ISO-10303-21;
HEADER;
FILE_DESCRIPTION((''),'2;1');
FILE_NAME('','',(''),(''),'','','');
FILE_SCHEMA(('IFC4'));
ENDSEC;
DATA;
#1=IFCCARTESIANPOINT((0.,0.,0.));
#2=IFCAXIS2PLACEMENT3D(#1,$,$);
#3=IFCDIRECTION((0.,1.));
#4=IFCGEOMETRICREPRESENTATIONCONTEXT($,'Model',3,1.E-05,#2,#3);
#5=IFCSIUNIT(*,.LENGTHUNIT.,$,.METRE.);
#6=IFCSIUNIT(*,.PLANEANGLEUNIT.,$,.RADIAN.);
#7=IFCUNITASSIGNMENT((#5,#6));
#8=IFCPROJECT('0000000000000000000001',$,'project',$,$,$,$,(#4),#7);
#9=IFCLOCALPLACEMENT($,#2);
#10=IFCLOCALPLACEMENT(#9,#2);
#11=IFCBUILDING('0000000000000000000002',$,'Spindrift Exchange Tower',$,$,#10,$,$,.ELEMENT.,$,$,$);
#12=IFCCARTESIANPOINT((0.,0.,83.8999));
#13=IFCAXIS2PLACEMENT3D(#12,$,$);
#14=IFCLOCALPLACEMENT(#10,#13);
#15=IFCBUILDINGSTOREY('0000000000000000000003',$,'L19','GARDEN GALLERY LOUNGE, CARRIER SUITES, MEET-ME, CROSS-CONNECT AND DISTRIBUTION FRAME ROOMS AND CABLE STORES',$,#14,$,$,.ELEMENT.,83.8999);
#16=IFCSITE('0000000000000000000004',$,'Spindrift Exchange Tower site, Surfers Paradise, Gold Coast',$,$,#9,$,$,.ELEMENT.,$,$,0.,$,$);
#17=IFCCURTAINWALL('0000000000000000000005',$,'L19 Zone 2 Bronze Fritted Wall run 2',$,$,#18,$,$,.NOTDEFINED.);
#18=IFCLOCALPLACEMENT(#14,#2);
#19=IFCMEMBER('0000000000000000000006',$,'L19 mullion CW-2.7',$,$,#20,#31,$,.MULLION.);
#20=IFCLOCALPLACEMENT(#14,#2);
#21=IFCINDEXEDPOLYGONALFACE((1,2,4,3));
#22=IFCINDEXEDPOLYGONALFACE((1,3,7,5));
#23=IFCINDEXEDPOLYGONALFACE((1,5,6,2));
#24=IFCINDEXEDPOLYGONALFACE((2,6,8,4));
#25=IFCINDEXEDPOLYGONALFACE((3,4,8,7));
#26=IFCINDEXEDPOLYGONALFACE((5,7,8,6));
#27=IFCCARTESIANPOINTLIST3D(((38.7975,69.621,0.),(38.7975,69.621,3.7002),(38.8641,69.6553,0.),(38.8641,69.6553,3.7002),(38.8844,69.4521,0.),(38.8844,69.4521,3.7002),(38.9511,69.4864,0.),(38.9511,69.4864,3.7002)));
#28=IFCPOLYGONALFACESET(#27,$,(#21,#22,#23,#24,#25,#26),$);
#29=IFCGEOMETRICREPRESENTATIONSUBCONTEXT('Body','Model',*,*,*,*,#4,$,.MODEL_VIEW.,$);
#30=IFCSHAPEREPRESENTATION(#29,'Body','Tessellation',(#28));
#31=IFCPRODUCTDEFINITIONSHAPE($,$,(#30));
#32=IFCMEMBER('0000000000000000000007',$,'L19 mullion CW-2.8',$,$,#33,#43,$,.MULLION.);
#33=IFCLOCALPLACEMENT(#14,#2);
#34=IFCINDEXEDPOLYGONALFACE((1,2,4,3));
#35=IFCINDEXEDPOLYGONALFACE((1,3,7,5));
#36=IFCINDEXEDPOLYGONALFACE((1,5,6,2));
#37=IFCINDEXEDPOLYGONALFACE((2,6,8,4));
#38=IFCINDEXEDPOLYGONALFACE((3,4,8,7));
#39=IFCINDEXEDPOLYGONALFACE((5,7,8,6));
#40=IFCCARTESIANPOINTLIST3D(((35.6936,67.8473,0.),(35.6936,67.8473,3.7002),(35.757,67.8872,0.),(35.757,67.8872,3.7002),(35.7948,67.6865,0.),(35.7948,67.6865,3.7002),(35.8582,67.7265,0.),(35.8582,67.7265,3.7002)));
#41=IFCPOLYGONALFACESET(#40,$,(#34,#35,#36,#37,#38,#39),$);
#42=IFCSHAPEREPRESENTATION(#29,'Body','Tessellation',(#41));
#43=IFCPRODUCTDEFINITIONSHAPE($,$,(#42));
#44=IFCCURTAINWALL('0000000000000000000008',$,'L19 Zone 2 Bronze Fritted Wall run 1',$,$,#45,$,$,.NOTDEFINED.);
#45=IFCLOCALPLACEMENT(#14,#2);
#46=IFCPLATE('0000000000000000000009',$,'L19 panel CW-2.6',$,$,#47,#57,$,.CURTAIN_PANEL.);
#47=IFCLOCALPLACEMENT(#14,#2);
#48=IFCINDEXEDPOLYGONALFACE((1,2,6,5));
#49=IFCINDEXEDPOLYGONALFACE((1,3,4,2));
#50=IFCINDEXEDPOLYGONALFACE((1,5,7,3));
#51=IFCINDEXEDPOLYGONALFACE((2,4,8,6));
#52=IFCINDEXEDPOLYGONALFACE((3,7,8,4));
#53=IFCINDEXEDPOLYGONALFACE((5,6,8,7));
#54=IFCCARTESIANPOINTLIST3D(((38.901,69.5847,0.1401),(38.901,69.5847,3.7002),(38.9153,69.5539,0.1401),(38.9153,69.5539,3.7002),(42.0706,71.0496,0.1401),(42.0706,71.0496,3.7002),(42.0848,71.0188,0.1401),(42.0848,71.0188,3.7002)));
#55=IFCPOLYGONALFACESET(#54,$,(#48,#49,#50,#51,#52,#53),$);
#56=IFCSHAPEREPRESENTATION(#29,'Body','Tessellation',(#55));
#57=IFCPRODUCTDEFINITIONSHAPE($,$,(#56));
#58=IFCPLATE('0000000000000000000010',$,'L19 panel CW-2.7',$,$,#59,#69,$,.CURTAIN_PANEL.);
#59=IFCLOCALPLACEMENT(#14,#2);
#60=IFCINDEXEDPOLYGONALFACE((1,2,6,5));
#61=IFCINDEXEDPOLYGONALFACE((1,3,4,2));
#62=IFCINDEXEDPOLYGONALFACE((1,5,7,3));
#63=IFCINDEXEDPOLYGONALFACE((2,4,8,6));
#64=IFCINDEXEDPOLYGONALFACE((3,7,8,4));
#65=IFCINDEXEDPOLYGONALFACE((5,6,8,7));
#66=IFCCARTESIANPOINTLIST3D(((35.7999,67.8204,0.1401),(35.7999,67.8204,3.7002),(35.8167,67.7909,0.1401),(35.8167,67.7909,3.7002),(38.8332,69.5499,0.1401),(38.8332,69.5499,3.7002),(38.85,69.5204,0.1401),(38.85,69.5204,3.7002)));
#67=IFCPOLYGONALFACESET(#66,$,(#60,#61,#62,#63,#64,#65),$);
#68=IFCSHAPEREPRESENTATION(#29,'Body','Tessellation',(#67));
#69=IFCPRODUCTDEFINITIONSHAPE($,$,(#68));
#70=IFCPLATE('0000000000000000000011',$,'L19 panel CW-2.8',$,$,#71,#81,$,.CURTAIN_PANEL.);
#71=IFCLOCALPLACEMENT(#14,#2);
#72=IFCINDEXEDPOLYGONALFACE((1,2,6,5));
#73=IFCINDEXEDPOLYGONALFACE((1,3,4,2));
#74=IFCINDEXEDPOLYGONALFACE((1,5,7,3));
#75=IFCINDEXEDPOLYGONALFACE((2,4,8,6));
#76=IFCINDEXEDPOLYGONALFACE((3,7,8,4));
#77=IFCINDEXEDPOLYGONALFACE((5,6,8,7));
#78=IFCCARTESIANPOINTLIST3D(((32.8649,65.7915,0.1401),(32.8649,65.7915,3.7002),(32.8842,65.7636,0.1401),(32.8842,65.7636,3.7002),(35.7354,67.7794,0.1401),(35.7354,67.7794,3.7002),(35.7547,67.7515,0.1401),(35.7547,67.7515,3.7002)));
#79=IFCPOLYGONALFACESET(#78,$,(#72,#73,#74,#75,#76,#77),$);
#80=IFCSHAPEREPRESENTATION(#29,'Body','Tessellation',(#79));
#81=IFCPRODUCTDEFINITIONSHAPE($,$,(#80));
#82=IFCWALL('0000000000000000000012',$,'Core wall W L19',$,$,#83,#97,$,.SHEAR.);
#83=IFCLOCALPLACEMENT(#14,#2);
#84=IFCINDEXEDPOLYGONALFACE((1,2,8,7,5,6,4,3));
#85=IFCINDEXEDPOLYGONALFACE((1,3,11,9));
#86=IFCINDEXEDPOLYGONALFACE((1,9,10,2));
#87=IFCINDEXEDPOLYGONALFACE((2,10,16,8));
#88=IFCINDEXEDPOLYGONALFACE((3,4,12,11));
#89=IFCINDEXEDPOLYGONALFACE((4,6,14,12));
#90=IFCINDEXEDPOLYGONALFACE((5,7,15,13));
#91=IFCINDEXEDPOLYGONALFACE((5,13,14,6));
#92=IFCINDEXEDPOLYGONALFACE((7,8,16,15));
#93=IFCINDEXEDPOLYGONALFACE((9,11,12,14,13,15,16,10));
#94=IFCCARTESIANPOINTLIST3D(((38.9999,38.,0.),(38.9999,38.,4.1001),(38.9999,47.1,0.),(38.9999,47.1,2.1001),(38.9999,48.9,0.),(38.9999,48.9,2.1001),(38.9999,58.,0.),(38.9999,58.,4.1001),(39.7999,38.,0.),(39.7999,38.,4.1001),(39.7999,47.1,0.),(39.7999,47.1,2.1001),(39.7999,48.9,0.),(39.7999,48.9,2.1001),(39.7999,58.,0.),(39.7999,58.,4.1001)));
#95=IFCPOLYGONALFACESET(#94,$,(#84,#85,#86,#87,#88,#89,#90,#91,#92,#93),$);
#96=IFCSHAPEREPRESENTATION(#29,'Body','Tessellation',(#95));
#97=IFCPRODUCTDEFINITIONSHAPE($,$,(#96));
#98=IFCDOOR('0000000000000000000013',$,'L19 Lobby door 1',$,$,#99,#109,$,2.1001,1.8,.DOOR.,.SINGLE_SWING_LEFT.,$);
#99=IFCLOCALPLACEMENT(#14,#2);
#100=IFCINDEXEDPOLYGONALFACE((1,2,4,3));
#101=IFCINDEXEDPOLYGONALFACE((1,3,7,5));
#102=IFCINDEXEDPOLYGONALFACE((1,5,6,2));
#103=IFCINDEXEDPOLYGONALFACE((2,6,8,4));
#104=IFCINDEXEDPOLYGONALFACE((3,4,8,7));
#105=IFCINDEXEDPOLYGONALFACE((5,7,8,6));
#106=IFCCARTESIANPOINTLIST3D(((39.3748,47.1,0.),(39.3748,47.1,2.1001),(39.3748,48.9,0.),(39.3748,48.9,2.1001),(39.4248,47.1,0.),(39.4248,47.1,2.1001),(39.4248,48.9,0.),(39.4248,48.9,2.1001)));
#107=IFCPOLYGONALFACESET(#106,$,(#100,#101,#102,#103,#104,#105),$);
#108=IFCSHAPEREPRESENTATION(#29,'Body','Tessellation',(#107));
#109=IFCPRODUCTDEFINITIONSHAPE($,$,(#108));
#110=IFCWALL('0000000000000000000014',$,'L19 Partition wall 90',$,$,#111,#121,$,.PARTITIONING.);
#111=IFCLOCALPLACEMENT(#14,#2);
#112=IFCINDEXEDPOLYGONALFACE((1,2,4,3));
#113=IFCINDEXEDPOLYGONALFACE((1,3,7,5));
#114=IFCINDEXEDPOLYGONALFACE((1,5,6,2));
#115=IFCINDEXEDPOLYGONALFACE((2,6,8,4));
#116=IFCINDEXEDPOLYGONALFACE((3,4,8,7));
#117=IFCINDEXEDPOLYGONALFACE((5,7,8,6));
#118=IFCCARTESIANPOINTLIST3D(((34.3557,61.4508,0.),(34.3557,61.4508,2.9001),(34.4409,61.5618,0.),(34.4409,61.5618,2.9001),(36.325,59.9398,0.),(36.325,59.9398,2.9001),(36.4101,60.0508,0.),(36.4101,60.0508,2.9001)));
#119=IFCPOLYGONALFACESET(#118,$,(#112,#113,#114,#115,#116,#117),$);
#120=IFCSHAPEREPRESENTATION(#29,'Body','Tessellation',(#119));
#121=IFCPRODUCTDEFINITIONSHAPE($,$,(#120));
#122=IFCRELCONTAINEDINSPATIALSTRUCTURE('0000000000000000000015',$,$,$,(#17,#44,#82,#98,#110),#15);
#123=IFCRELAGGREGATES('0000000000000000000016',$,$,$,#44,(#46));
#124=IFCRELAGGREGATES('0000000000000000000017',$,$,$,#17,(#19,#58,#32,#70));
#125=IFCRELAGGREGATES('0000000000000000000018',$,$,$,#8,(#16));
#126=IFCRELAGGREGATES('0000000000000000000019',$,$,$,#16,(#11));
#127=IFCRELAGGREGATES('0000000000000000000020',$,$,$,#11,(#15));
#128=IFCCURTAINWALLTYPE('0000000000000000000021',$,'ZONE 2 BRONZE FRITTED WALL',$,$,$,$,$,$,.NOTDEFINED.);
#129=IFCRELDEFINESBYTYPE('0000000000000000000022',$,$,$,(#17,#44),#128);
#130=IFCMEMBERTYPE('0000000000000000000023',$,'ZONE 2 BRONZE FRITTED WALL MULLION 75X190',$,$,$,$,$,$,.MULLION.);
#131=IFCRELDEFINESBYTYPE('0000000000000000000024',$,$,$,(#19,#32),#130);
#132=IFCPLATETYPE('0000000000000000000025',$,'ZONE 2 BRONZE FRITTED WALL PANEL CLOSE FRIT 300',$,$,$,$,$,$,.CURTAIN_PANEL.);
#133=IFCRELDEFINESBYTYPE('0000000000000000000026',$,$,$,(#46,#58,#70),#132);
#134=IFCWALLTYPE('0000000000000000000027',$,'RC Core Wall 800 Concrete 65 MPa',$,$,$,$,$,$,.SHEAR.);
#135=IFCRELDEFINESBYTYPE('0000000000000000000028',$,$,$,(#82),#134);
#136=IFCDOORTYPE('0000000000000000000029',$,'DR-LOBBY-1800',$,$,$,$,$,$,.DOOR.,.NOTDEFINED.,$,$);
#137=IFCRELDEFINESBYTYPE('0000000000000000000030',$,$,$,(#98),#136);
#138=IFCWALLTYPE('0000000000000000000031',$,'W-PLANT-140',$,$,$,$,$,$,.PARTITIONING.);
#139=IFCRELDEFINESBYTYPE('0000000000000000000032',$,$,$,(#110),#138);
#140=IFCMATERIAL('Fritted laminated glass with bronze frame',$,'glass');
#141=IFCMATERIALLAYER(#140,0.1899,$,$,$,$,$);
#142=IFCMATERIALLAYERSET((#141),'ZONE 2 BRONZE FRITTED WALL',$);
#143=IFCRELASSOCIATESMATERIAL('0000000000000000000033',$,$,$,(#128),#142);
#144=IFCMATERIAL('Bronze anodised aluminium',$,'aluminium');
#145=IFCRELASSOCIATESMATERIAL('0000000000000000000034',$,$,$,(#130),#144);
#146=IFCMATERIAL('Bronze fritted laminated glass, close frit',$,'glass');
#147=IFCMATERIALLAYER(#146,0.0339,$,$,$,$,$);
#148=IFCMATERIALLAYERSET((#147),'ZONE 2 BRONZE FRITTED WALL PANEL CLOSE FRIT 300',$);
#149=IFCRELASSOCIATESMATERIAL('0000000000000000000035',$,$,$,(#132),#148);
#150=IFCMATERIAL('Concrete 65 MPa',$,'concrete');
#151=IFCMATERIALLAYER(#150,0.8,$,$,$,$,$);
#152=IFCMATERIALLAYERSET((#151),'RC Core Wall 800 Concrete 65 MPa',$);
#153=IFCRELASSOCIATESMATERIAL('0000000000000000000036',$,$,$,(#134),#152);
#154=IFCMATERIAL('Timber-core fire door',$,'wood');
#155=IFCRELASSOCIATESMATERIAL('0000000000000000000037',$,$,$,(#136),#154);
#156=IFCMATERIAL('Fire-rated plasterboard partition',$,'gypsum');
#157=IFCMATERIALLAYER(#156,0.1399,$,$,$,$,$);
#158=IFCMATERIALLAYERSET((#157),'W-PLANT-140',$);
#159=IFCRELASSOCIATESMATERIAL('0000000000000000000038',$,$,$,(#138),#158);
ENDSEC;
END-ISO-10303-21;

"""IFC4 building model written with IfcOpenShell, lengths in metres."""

from ifc_helpers import new_model, si_unit, direction, frame, frame_2d, origin, origin_2d, place, context, subcontext, project, spatial, rectangle, extrude, source, transform, mapped, material, layer, layer_set, material_profile, profile_set, type_object, element, fill, aggregate, save


model = new_model("IFC4")

# Units and contexts
model_context = context("Model", 3, precision=1e-05, world=origin(), true_north=direction((0.0, 1.0)))
body_context = subcontext(model_context, "Body", "Model", "MODEL_VIEW")
ifc_project = project(units=[si_unit("LENGTHUNIT", "METRE"), si_unit("PLANEANGLEUNIT", "RADIAN")], contexts=[model_context])

# Site, building, storey
site_placement = place(None, origin())
site = spatial("IfcSite", under=ifc_project, at=site_placement, Name="Spindrift Exchange Tower site, Surfers Paradise, Gold Coast", CompositionType="ELEMENT", RefElevation=0.0)
building_placement = place(site_placement, origin())
building = spatial("IfcBuilding", under=site, at=building_placement, Name="Spindrift Exchange Tower", CompositionType="ELEMENT")
storey_placement = place(building_placement, frame((0.0, 0.0, 83.8999)))
storey = spatial("IfcBuildingStorey", under=building, at=storey_placement, Name="L19", Description="GARDEN GALLERY LOUNGE, CARRIER SUITES, MEET-ME, CROSS-CONNECT AND DISTRIBUTION FRAME ROOMS AND CABLE STORES", CompositionType="ELEMENT", Elevation=83.8999)

# Shared definitions
ifc_material_1 = material(Name="Concrete 65 MPa", Category="concrete")

# Curtain wall, members
ifc_material_2 = material(Name="Fritted laminated glass with bronze frame", Category="glass")
ifc_layer_1 = layer(ifc_material_2, 0.1899)
ifc_layer_set_1 = layer_set([ifc_layer_1], Name="ZONE 2 BRONZE FRITTED WALL")
curtain_wall_type = type_object("IfcCurtainWallType", Name="ZONE 2 BRONZE FRITTED WALL", PredefinedType="NOTDEFINED", material=ifc_layer_set_1)
curtain_wall_1_placement = place(storey_placement, origin())
curtain_wall_1 = element("IfcCurtainWall", 1, at=curtain_wall_1_placement, inside=storey, type_object=curtain_wall_type, Name="L19 Zone 2 Bronze Fritted Wall run 2", PredefinedType="NOTDEFINED")
ifc_material_3 = material(Name="Bronze anodised aluminium", Category="aluminium")
ifc_material_profile_1 = material_profile(ifc_material_3, rectangle(XDim=0.075, YDim=0.1899, at=origin_2d()), Name="ZONE 2 BRONZE FRITTED WALL MULLION 75X190")
ifc_profile_set_1 = profile_set([ifc_material_profile_1], Name="Bronze anodised aluminium")
member_type_1 = type_object("IfcMemberType", Name="ZONE 2 BRONZE FRITTED WALL MULLION 75X190", PredefinedType="MULLION", material=ifc_profile_set_1)
shared_shape_1 = source(origin(), body_context, "Body", "SweptSolid", [
    extrude(rectangle(XDim=0.075, YDim=0.1899, at=origin_2d()), origin(), (0.0, 0.0, 1.0), 3.7002),
])
member_1_placement = place(storey_placement, frame((38.8743, 69.5537, 0.0), z_axis=(0.0, 0.0, 1.0), x_axis=(-0.889023, -0.457862, 0.0)))
member_1 = element("IfcMember", 2, at=member_1_placement, type_object=member_type_1, Name="L19 mullion CW-2.7", PredefinedType="MULLION", context=body_context, shape_type="MappedRepresentation", body=[
    mapped(shared_shape_1, transform((0.0, 0.0, 0.0), scale=1.0)),
])
member_2_placement = place(storey_placement, frame((35.7759, 67.7869, 0.0), z_axis=(0.0, 0.0, 1.0), x_axis=(-0.846212, -0.532846, 0.0)))
member_2 = element("IfcMember", 3, at=member_2_placement, type_object=member_type_1, Name="L19 mullion CW-2.8", PredefinedType="MULLION", context=body_context, shape_type="MappedRepresentation", body=[
    mapped(shared_shape_1, transform((0.0, 0.0, 0.0), scale=1.0)),
])

# Curtain wall, plate
curtain_wall_2_placement = place(storey_placement, origin())
curtain_wall_2 = element("IfcCurtainWall", 4, at=curtain_wall_2_placement, inside=storey, type_object=curtain_wall_type, Name="L19 Zone 2 Bronze Fritted Wall run 1", PredefinedType="NOTDEFINED")
ifc_material_4 = material(Name="Bronze fritted laminated glass, close frit", Category="glass")
ifc_layer_2 = layer(ifc_material_4, 0.0339)
ifc_layer_set_2 = layer_set([ifc_layer_2], Name="ZONE 2 BRONZE FRITTED WALL PANEL CLOSE FRIT 300")
plate_type = type_object("IfcPlateType", Name="ZONE 2 BRONZE FRITTED WALL PANEL CLOSE FRIT 300", PredefinedType="CURTAIN_PANEL", material=ifc_layer_set_2)
shared_shape_2 = source(origin(), body_context, "Body", "SweptSolid", [
    extrude(rectangle(XDim=3.4917, YDim=0.0339, at=origin_2d()), origin(), (0.0, 0.0, 1.0), 3.5601),
])
plate_1_placement = place(storey_placement, frame((40.4929, 70.3018, 0.1401), z_axis=(0.0, 0.0, 1.0), x_axis=(-0.907728, -0.41956, 0.0)))
plate_1 = element("IfcPlate", 5, at=plate_1_placement, type_object=plate_type, Name="L19 panel CW-2.6", PredefinedType="CURTAIN_PANEL", context=body_context, shape_type="MappedRepresentation", body=[
    mapped(shared_shape_2, transform((0.0, 0.0, 0.0), scale=1.0)),
])
aggregate(curtain_wall_2, [plate_1])

# Plates
plate_2_placement = place(storey_placement, frame((37.325, 68.6704, 0.1401), z_axis=(0.0, 0.0, 1.0), x_axis=(-0.868703, -0.495333, 0.0)))
plate_2 = element("IfcPlate", 6, at=plate_2_placement, type_object=plate_type, Name="L19 panel CW-2.7", PredefinedType="CURTAIN_PANEL", context=body_context, shape_type="MappedRepresentation", body=[
    mapped(shared_shape_2, transform((0.0, 0.0, 0.0), scale=1.0)),
])
plate_3_placement = place(storey_placement, frame((34.3098, 66.7715, 0.1401), z_axis=(0.0, 0.0, 1.0), x_axis=(-0.822102, -0.56934, 0.0)))
plate_3 = element("IfcPlate", 7, at=plate_3_placement, type_object=plate_type, Name="L19 panel CW-2.8", PredefinedType="CURTAIN_PANEL", context=body_context, shape_type="MappedRepresentation", body=[
    mapped(shared_shape_2, transform((0.0, 0.0, 0.0), scale=1.0)),
])
aggregate(curtain_wall_1, [member_1, plate_2, member_2, plate_3])

# Wall, opening, door
ifc_layer_3 = layer(ifc_material_1, 0.8)
ifc_layer_set_3 = layer_set([ifc_layer_3], Name="RC Core Wall 800 Concrete 65 MPa")
wall_type_1 = type_object("IfcWallType", Name="RC Core Wall 800 Concrete 65 MPa", PredefinedType="SHEAR", material=ifc_layer_set_3)
wall_1_placement = place(storey_placement, frame((39.3999, 58.0, 0.0), z_axis=(0.0, 0.0, 1.0), x_axis=(0.0, -1.0, 0.0)))
wall_1 = element("IfcWall", 8, at=wall_1_placement, inside=storey, type_object=wall_type_1, Name="Core wall W L19", PredefinedType="SHEAR", context=body_context, shape_type="SweptSolid", body=[
    extrude(rectangle(XDim=20.0, YDim=0.8, at=frame_2d((10.0, 0.0))), origin(), (0.0, 0.0, 1.0), 4.1001),
])
opening_1_placement = place(wall_1_placement, frame((9.1001, 0.0, 0.0)))
opening_1 = element("IfcOpeningElement", 9, at=opening_1_placement, cuts=wall_1, PredefinedType="OPENING", context=body_context, shape_type="SweptSolid", body=[
    extrude(rectangle(XDim=1.8, YDim=2.1001, at=frame_2d((0.8999, 1.05))), frame((0.0, 0.4099, 0.0), z_axis=(0.0, -1.0, 0.0), x_axis=(1.0, 0.0, 0.0)), (0.0, 0.0, 1.0), 0.8201),
])
ifc_material_5 = material(Name="Timber-core fire door", Category="wood")
door_type_1 = type_object("IfcDoorType", Name="DR-LOBBY-1800", OperationType="NOTDEFINED", PredefinedType="DOOR", material=ifc_material_5)
shared_shape_3 = source(origin(), body_context, "Body", "SweptSolid", [
    extrude(rectangle(XDim=1.8, YDim=2.1001, at=frame_2d((0.8999, 1.05))), frame((0.0, 0.0249, 0.0), z_axis=(0.0, -1.0, 0.0), x_axis=(1.0, 0.0, 0.0)), (0.0, 0.0, 1.0), 0.05),
])
door_1_placement = place(opening_1_placement, origin())
door_1 = element("IfcDoor", 10, at=door_1_placement, inside=storey, type_object=door_type_1, Name="L19 Lobby door 1", OperationType="SINGLE_SWING_LEFT", OverallHeight=2.1001, OverallWidth=1.8, PredefinedType="DOOR", context=body_context, shape_type="MappedRepresentation", body=[
    mapped(shared_shape_3, transform((0.0, 0.0, 0.0), scale=1.0)),
])
fill(opening_1, door_1)

# Wall
ifc_material_6 = material(Name="Fire-rated plasterboard partition", Category="gypsum")
ifc_layer_4 = layer(ifc_material_6, 0.1399)
ifc_layer_set_4 = layer_set([ifc_layer_4], Name="W-PLANT-140")
wall_type_2 = type_object("IfcWallType", Name="W-PLANT-140", PredefinedType="PARTITIONING", material=ifc_layer_set_4)
wall_2_placement = place(storey_placement, frame((34.3982, 61.5063, 0.0), z_axis=(0.0, 0.0, 1.0), x_axis=(0.793366, -0.608745, 0.0)))
element("IfcWall", 11, at=wall_2_placement, inside=storey, type_object=wall_type_2, Name="L19 Partition wall 90", PredefinedType="PARTITIONING", context=body_context, shape_type="SweptSolid", body=[
    extrude(rectangle(XDim=2.4822, YDim=0.1399, at=frame_2d((1.2412, 0.0))), origin(), (0.0, 0.0, 1.0), 2.9001),
])

save(model, "model.ifc")
